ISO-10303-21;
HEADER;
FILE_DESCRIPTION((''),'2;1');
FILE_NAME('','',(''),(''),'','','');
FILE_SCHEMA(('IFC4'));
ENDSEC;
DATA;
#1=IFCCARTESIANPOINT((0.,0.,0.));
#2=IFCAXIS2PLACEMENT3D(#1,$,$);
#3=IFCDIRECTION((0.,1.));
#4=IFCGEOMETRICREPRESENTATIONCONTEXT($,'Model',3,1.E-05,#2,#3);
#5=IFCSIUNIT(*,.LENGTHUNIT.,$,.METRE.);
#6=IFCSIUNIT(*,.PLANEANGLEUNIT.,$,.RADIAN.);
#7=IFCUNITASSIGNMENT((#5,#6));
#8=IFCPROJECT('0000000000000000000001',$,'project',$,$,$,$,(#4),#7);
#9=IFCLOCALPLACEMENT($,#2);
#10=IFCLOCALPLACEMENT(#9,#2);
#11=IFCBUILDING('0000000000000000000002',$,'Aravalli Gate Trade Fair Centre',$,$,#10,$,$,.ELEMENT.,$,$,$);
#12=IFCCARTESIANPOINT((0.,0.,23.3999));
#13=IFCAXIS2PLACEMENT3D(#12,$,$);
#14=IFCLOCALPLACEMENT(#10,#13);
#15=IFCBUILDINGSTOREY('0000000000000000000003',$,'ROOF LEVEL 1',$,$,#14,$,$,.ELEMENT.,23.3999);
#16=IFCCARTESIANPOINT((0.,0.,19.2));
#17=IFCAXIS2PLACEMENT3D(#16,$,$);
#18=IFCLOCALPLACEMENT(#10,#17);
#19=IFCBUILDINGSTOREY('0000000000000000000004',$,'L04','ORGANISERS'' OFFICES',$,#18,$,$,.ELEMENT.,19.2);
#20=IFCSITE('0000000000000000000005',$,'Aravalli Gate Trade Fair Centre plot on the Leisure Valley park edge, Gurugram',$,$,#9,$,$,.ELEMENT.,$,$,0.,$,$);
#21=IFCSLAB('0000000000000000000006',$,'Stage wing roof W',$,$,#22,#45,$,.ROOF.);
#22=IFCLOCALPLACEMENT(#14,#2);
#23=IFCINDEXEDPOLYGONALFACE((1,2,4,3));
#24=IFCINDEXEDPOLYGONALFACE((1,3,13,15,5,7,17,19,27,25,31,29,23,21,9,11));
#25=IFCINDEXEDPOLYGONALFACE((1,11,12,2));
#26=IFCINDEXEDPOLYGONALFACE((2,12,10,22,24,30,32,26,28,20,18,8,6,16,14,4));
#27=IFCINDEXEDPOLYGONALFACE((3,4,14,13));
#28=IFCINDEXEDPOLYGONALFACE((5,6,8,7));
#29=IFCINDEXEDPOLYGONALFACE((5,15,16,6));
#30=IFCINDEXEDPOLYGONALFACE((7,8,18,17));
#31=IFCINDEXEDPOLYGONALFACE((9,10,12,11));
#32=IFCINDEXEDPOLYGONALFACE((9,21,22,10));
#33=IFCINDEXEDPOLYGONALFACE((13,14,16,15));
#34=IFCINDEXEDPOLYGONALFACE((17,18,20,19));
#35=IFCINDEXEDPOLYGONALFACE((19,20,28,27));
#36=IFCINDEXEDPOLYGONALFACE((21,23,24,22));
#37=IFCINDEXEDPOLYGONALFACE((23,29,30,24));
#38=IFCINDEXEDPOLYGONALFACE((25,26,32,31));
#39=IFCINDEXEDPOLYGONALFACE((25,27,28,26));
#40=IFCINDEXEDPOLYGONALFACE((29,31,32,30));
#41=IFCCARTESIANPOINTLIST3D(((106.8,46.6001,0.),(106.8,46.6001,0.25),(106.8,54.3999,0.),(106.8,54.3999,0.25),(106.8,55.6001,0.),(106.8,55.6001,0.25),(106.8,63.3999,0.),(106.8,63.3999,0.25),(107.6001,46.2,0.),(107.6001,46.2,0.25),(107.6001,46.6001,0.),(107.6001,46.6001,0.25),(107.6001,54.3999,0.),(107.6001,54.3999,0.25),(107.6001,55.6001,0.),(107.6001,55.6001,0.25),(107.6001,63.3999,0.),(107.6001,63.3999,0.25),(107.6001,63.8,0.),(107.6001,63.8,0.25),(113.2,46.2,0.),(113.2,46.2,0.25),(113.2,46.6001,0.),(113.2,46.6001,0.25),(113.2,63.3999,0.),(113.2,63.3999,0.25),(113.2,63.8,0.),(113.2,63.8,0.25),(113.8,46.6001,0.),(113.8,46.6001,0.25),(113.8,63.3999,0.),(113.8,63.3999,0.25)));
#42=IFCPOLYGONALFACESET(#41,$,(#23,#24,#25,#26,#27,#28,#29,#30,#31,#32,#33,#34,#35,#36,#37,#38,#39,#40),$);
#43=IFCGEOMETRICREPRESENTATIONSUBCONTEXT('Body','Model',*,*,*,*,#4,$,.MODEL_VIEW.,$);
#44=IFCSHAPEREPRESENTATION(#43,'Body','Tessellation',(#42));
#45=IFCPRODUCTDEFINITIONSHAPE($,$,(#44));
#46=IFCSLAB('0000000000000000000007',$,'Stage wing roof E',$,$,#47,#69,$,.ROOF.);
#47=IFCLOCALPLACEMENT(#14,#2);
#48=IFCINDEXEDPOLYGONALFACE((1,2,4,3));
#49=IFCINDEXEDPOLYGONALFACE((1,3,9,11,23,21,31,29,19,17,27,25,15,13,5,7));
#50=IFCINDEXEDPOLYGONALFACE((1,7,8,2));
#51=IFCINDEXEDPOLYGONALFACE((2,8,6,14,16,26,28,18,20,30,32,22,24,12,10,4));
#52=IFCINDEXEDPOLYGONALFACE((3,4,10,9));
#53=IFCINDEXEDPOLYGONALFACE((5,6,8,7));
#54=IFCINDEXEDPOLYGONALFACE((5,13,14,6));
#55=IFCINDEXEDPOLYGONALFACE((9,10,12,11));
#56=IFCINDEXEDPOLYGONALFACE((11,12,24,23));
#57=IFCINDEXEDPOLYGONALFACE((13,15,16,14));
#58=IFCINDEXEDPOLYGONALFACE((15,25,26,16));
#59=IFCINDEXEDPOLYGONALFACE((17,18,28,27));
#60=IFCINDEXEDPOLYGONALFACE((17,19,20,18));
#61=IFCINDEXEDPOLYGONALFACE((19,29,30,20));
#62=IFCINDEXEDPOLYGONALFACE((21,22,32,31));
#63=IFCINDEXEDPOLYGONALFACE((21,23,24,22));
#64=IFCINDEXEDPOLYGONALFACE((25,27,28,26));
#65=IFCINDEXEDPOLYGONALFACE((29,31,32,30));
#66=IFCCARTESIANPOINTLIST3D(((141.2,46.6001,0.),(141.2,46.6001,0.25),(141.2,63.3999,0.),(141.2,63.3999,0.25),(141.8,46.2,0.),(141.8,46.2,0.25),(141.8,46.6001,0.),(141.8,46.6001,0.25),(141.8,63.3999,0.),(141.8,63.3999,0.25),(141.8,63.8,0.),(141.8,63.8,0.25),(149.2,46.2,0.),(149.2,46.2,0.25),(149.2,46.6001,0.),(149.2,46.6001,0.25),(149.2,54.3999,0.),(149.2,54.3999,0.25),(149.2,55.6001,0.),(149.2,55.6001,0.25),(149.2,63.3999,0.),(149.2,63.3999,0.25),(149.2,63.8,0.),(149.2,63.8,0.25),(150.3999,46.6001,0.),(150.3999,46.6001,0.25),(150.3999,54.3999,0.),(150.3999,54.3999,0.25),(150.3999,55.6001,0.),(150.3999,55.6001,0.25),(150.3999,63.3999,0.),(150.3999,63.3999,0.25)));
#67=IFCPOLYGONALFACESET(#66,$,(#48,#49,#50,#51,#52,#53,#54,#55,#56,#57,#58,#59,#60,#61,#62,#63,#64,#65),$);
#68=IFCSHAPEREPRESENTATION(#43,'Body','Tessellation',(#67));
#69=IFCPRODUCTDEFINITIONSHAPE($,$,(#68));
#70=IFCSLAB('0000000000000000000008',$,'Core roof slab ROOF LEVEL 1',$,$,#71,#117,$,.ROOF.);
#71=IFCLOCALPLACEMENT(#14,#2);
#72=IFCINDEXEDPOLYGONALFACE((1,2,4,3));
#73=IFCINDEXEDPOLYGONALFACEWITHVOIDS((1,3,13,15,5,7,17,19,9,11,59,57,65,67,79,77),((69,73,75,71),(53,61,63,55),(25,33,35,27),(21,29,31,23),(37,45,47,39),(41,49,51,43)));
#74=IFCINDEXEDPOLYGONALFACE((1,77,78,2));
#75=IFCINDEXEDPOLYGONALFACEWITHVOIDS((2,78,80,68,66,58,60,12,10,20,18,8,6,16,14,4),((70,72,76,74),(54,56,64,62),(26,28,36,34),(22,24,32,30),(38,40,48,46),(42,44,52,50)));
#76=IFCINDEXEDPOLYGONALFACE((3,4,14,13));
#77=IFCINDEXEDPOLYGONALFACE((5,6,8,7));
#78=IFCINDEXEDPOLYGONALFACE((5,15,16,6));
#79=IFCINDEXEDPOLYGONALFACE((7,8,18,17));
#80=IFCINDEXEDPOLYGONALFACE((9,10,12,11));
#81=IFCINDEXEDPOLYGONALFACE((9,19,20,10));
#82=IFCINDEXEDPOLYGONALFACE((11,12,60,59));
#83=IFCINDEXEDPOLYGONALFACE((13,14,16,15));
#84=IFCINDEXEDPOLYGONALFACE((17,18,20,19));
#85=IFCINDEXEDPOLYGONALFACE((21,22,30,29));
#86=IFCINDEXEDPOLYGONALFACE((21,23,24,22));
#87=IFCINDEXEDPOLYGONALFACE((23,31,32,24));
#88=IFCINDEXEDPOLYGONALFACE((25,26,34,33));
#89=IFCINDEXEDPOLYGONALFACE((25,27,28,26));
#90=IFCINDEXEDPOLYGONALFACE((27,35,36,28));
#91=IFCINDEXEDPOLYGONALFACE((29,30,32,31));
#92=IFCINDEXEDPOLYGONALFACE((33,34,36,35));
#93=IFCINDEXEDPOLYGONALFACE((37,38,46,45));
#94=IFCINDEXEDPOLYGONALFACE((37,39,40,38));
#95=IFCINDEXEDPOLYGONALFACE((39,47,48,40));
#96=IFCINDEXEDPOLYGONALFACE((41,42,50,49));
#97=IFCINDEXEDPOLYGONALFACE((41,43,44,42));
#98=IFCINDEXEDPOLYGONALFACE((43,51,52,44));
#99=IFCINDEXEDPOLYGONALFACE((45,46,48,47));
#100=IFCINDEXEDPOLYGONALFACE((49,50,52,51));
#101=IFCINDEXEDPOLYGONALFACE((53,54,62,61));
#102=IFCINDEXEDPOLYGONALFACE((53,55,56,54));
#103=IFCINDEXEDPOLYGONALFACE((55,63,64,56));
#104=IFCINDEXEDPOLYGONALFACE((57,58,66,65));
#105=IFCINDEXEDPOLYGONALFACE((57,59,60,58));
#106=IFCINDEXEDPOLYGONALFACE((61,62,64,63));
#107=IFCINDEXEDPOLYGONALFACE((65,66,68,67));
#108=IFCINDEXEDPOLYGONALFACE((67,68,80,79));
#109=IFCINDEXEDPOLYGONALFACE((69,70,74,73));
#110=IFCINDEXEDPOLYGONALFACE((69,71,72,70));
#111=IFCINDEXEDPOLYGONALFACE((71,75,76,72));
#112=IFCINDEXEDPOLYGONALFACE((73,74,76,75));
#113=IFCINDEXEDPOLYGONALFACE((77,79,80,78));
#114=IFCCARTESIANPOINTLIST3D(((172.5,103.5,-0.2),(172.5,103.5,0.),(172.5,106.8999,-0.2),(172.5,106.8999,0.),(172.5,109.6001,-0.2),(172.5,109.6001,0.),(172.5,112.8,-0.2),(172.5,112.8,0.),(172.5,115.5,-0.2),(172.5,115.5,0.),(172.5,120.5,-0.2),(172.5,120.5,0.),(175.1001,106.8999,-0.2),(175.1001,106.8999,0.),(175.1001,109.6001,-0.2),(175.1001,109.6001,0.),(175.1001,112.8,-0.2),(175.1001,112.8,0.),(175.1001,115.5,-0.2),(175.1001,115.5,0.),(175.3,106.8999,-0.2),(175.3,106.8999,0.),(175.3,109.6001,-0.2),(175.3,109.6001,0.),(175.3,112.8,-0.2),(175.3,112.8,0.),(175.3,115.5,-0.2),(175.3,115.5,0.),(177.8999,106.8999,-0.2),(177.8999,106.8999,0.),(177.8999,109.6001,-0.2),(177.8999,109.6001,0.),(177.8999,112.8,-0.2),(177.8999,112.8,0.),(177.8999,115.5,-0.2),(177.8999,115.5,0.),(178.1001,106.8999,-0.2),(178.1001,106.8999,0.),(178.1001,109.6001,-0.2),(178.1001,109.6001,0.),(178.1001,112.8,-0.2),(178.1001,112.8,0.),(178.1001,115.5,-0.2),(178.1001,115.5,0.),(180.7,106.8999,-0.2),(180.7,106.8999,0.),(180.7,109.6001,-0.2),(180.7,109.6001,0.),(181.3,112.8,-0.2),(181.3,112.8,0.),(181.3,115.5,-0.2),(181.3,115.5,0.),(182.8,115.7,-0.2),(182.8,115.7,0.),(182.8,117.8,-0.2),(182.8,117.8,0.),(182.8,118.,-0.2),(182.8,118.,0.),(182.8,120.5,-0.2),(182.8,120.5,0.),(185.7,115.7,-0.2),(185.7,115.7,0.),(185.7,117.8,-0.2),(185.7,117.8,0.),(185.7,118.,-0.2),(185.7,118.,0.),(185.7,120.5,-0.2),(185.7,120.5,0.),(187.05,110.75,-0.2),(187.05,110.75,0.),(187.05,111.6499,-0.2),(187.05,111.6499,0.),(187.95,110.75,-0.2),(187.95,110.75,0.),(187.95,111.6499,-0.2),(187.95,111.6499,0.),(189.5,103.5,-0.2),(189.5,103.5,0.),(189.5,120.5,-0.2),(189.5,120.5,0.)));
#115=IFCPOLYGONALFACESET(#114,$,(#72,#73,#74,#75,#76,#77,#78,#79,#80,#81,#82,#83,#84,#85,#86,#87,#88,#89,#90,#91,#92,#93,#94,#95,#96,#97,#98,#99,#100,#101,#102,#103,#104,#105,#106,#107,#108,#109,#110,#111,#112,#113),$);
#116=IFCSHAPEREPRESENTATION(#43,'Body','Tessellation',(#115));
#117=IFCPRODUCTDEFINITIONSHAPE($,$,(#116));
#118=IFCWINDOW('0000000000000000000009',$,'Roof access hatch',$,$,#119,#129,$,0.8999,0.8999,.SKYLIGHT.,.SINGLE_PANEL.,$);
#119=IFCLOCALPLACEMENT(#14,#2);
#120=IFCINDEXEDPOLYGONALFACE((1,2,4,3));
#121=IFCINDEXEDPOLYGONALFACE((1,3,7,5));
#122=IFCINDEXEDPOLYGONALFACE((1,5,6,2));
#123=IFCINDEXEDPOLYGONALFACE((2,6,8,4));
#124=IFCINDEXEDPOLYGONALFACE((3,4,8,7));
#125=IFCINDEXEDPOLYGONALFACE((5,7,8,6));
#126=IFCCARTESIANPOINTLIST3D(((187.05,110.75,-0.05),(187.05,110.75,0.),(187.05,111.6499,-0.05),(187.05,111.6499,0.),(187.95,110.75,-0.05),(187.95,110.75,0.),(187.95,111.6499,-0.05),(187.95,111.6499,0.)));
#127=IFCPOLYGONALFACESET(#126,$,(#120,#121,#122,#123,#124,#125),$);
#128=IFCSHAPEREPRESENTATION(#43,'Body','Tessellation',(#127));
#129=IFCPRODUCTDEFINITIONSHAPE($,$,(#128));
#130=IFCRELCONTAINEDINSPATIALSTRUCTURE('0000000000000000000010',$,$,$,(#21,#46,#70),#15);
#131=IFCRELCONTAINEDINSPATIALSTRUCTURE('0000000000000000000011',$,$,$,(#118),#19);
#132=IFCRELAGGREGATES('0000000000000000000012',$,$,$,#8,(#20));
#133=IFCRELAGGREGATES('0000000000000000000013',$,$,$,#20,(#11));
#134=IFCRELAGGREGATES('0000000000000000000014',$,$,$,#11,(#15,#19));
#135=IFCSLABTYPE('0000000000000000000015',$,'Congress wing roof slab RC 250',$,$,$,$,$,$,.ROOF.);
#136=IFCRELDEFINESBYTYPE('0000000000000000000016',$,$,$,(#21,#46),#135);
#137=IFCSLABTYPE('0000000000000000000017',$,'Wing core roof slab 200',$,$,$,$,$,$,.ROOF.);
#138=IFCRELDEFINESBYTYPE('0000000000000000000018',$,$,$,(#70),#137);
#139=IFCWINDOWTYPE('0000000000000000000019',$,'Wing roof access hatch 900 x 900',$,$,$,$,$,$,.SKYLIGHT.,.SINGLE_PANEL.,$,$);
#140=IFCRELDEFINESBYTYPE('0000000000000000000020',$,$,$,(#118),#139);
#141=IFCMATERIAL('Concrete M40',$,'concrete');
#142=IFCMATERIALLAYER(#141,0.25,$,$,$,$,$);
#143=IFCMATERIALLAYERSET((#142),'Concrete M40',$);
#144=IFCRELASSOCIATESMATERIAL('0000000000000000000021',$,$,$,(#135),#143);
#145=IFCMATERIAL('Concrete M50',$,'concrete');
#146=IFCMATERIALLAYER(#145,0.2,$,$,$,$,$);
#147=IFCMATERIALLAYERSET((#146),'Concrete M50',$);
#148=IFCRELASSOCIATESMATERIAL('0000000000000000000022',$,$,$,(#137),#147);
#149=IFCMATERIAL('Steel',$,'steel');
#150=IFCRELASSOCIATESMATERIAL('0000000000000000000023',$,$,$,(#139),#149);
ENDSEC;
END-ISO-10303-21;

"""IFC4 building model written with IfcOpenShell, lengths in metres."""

from ifc_helpers import new_model, si_unit, direction, frame, origin, origin_2d, place, context, subcontext, project, spatial, polyline, rectangle, outline, extrude, material, layer, layer_set, type_object, element, fill, save


model = new_model("IFC4")

# Units and contexts
model_context = context("Model", 3, precision=1e-05, world=origin(), true_north=direction((0.0, 1.0)))
body_context = subcontext(model_context, "Body", "Model", "MODEL_VIEW")
ifc_project = project(units=[si_unit("LENGTHUNIT", "METRE"), si_unit("PLANEANGLEUNIT", "RADIAN")], contexts=[model_context])

# Site, building, storey
site_placement = place(None, origin())
site = spatial("IfcSite", under=ifc_project, at=site_placement, Name="Aravalli Gate Trade Fair Centre plot on the Leisure Valley park edge, Gurugram", CompositionType="ELEMENT", RefElevation=0.0)
building_placement = place(site_placement, origin())
building = spatial("IfcBuilding", under=site, at=building_placement, Name="Aravalli Gate Trade Fair Centre", CompositionType="ELEMENT")
storey_1_placement = place(building_placement, frame((0.0, 0.0, 23.3999)))
storey_1 = spatial("IfcBuildingStorey", under=building, at=storey_1_placement, Name="ROOF LEVEL 1", CompositionType="ELEMENT", Elevation=23.3999)

# Slabs
ifc_material_1 = material(Name="Concrete M40", Category="concrete")
ifc_layer_1 = layer(ifc_material_1, 0.25)
ifc_layer_set_1 = layer_set([ifc_layer_1], Name="Concrete M40")
slab_type_1 = type_object("IfcSlabType", Name="Congress wing roof slab RC 250", PredefinedType="ROOF", material=ifc_layer_set_1)
slab_1_placement = place(storey_1_placement, origin())
element("IfcSlab", 1, at=slab_1_placement, inside=storey_1, type_object=slab_type_1, Name="Stage wing roof W", PredefinedType="ROOF", context=body_context, shape_type="SweptSolid", body=[
    extrude(outline(polyline([(113.8, 46.6001), (113.2, 46.6001), (113.2, 46.2), (107.6001, 46.2), (107.6001, 46.6001), (106.8, 46.6001), (106.8, 54.3999), (107.6001, 54.3999), (107.6001, 55.6001), (106.8, 55.6001), (106.8, 63.3999), (107.6001, 63.3999), (107.6001, 63.8), (113.2, 63.8), (113.2, 63.3999), (113.8, 63.3999), (113.8, 46.6001)])), origin(), (0.0, 0.0, 1.0), 0.25),
])
slab_2_placement = place(storey_1_placement, origin())
element("IfcSlab", 2, at=slab_2_placement, inside=storey_1, type_object=slab_type_1, Name="Stage wing roof E", PredefinedType="ROOF", context=body_context, shape_type="SweptSolid", body=[
    extrude(outline(polyline([(150.3999, 46.6001), (149.2, 46.6001), (149.2, 46.2), (141.8, 46.2), (141.8, 46.6001), (141.2, 46.6001), (141.2, 63.3999), (141.8, 63.3999), (141.8, 63.8), (149.2, 63.8), (149.2, 63.3999), (150.3999, 63.3999), (150.3999, 55.6001), (149.2, 55.6001), (149.2, 54.3999), (150.3999, 54.3999), (150.3999, 46.6001)])), origin(), (0.0, 0.0, 1.0), 0.25),
])

# Slab, opening
ifc_material_2 = material(Name="Concrete M50", Category="concrete")
ifc_layer_2 = layer(ifc_material_2, 0.2)
ifc_layer_set_2 = layer_set([ifc_layer_2], Name="Concrete M50")
slab_type_2 = type_object("IfcSlabType", Name="Wing core roof slab 200", PredefinedType="ROOF", material=ifc_layer_set_2)
slab_3_placement = place(storey_1_placement, frame((0.0, 0.0, -0.2)))
slab_3 = element("IfcSlab", 3, at=slab_3_placement, inside=storey_1, type_object=slab_type_2, Name="Core roof slab ROOF LEVEL 1", PredefinedType="ROOF", context=body_context, shape_type="SweptSolid", body=[
    extrude(outline(polyline([(189.5, 120.5), (189.5, 103.5), (172.5, 103.5), (172.5, 106.8999), (175.1001, 106.8999), (175.1001, 109.6001), (172.5, 109.6001), (172.5, 112.8), (175.1001, 112.8), (175.1001, 115.5), (172.5, 115.5), (172.5, 120.5), (182.8, 120.5), (182.8, 118.0), (185.7, 118.0), (185.7, 120.5), (189.5, 120.5)]), holes=[polyline([(175.3, 109.6001), (175.3, 106.8999), (177.8999, 106.8999), (177.8999, 109.6001), (175.3, 109.6001)]), polyline([(178.1001, 109.6001), (178.1001, 106.8999), (180.7, 106.8999), (180.7, 109.6001), (178.1001, 109.6001)]), polyline([(175.3, 115.5), (175.3, 112.8), (177.8999, 112.8), (177.8999, 115.5), (175.3, 115.5)]), polyline([(178.1001, 115.5), (178.1001, 112.8), (181.3, 112.8), (181.3, 115.5), (178.1001, 115.5)]), polyline([(182.8, 117.8), (182.8, 115.7), (185.7, 115.7), (185.7, 117.8), (182.8, 117.8)])]), origin(), (0.0, 0.0, 1.0), 0.2),
])
opening_placement = place(slab_3_placement, frame((187.5, 111.2, 0.0)))
opening = element("IfcOpeningElement", 4, at=opening_placement, cuts=slab_3, PredefinedType="OPENING", context=body_context, shape_type="SweptSolid", body=[
    extrude(rectangle(XDim=0.8999, YDim=0.8999, at=origin_2d()), origin(), (0.0, 0.0, 1.0), 0.2),
])

# Shared definitions
storey_2_placement = place(building_placement, frame((0.0, 0.0, 19.2)))
storey_2 = spatial("IfcBuildingStorey", under=building, at=storey_2_placement, Name="L04", Description="ORGANISERS' OFFICES", CompositionType="ELEMENT", Elevation=19.2)

# Window
ifc_material_3 = material(Name="Steel", Category="steel")
window_type = type_object("IfcWindowType", Name="Wing roof access hatch 900 x 900", PartitioningType="SINGLE_PANEL", PredefinedType="SKYLIGHT", material=ifc_material_3)
window_placement = place(opening_placement, frame((0.0, 0.0, 0.1499)))
window = element("IfcWindow", 5, at=window_placement, inside=storey_2, type_object=window_type, Name="Roof access hatch", OverallHeight=0.8999, OverallWidth=0.8999, PartitioningType="SINGLE_PANEL", PredefinedType="SKYLIGHT", context=body_context, shape_type="SweptSolid", body=[
    extrude(rectangle(XDim=0.8999, YDim=0.8999, at=origin_2d()), origin(), (0.0, 0.0, 1.0), 0.05),
])
fill(opening, window)

save(model, "model.ifc")
